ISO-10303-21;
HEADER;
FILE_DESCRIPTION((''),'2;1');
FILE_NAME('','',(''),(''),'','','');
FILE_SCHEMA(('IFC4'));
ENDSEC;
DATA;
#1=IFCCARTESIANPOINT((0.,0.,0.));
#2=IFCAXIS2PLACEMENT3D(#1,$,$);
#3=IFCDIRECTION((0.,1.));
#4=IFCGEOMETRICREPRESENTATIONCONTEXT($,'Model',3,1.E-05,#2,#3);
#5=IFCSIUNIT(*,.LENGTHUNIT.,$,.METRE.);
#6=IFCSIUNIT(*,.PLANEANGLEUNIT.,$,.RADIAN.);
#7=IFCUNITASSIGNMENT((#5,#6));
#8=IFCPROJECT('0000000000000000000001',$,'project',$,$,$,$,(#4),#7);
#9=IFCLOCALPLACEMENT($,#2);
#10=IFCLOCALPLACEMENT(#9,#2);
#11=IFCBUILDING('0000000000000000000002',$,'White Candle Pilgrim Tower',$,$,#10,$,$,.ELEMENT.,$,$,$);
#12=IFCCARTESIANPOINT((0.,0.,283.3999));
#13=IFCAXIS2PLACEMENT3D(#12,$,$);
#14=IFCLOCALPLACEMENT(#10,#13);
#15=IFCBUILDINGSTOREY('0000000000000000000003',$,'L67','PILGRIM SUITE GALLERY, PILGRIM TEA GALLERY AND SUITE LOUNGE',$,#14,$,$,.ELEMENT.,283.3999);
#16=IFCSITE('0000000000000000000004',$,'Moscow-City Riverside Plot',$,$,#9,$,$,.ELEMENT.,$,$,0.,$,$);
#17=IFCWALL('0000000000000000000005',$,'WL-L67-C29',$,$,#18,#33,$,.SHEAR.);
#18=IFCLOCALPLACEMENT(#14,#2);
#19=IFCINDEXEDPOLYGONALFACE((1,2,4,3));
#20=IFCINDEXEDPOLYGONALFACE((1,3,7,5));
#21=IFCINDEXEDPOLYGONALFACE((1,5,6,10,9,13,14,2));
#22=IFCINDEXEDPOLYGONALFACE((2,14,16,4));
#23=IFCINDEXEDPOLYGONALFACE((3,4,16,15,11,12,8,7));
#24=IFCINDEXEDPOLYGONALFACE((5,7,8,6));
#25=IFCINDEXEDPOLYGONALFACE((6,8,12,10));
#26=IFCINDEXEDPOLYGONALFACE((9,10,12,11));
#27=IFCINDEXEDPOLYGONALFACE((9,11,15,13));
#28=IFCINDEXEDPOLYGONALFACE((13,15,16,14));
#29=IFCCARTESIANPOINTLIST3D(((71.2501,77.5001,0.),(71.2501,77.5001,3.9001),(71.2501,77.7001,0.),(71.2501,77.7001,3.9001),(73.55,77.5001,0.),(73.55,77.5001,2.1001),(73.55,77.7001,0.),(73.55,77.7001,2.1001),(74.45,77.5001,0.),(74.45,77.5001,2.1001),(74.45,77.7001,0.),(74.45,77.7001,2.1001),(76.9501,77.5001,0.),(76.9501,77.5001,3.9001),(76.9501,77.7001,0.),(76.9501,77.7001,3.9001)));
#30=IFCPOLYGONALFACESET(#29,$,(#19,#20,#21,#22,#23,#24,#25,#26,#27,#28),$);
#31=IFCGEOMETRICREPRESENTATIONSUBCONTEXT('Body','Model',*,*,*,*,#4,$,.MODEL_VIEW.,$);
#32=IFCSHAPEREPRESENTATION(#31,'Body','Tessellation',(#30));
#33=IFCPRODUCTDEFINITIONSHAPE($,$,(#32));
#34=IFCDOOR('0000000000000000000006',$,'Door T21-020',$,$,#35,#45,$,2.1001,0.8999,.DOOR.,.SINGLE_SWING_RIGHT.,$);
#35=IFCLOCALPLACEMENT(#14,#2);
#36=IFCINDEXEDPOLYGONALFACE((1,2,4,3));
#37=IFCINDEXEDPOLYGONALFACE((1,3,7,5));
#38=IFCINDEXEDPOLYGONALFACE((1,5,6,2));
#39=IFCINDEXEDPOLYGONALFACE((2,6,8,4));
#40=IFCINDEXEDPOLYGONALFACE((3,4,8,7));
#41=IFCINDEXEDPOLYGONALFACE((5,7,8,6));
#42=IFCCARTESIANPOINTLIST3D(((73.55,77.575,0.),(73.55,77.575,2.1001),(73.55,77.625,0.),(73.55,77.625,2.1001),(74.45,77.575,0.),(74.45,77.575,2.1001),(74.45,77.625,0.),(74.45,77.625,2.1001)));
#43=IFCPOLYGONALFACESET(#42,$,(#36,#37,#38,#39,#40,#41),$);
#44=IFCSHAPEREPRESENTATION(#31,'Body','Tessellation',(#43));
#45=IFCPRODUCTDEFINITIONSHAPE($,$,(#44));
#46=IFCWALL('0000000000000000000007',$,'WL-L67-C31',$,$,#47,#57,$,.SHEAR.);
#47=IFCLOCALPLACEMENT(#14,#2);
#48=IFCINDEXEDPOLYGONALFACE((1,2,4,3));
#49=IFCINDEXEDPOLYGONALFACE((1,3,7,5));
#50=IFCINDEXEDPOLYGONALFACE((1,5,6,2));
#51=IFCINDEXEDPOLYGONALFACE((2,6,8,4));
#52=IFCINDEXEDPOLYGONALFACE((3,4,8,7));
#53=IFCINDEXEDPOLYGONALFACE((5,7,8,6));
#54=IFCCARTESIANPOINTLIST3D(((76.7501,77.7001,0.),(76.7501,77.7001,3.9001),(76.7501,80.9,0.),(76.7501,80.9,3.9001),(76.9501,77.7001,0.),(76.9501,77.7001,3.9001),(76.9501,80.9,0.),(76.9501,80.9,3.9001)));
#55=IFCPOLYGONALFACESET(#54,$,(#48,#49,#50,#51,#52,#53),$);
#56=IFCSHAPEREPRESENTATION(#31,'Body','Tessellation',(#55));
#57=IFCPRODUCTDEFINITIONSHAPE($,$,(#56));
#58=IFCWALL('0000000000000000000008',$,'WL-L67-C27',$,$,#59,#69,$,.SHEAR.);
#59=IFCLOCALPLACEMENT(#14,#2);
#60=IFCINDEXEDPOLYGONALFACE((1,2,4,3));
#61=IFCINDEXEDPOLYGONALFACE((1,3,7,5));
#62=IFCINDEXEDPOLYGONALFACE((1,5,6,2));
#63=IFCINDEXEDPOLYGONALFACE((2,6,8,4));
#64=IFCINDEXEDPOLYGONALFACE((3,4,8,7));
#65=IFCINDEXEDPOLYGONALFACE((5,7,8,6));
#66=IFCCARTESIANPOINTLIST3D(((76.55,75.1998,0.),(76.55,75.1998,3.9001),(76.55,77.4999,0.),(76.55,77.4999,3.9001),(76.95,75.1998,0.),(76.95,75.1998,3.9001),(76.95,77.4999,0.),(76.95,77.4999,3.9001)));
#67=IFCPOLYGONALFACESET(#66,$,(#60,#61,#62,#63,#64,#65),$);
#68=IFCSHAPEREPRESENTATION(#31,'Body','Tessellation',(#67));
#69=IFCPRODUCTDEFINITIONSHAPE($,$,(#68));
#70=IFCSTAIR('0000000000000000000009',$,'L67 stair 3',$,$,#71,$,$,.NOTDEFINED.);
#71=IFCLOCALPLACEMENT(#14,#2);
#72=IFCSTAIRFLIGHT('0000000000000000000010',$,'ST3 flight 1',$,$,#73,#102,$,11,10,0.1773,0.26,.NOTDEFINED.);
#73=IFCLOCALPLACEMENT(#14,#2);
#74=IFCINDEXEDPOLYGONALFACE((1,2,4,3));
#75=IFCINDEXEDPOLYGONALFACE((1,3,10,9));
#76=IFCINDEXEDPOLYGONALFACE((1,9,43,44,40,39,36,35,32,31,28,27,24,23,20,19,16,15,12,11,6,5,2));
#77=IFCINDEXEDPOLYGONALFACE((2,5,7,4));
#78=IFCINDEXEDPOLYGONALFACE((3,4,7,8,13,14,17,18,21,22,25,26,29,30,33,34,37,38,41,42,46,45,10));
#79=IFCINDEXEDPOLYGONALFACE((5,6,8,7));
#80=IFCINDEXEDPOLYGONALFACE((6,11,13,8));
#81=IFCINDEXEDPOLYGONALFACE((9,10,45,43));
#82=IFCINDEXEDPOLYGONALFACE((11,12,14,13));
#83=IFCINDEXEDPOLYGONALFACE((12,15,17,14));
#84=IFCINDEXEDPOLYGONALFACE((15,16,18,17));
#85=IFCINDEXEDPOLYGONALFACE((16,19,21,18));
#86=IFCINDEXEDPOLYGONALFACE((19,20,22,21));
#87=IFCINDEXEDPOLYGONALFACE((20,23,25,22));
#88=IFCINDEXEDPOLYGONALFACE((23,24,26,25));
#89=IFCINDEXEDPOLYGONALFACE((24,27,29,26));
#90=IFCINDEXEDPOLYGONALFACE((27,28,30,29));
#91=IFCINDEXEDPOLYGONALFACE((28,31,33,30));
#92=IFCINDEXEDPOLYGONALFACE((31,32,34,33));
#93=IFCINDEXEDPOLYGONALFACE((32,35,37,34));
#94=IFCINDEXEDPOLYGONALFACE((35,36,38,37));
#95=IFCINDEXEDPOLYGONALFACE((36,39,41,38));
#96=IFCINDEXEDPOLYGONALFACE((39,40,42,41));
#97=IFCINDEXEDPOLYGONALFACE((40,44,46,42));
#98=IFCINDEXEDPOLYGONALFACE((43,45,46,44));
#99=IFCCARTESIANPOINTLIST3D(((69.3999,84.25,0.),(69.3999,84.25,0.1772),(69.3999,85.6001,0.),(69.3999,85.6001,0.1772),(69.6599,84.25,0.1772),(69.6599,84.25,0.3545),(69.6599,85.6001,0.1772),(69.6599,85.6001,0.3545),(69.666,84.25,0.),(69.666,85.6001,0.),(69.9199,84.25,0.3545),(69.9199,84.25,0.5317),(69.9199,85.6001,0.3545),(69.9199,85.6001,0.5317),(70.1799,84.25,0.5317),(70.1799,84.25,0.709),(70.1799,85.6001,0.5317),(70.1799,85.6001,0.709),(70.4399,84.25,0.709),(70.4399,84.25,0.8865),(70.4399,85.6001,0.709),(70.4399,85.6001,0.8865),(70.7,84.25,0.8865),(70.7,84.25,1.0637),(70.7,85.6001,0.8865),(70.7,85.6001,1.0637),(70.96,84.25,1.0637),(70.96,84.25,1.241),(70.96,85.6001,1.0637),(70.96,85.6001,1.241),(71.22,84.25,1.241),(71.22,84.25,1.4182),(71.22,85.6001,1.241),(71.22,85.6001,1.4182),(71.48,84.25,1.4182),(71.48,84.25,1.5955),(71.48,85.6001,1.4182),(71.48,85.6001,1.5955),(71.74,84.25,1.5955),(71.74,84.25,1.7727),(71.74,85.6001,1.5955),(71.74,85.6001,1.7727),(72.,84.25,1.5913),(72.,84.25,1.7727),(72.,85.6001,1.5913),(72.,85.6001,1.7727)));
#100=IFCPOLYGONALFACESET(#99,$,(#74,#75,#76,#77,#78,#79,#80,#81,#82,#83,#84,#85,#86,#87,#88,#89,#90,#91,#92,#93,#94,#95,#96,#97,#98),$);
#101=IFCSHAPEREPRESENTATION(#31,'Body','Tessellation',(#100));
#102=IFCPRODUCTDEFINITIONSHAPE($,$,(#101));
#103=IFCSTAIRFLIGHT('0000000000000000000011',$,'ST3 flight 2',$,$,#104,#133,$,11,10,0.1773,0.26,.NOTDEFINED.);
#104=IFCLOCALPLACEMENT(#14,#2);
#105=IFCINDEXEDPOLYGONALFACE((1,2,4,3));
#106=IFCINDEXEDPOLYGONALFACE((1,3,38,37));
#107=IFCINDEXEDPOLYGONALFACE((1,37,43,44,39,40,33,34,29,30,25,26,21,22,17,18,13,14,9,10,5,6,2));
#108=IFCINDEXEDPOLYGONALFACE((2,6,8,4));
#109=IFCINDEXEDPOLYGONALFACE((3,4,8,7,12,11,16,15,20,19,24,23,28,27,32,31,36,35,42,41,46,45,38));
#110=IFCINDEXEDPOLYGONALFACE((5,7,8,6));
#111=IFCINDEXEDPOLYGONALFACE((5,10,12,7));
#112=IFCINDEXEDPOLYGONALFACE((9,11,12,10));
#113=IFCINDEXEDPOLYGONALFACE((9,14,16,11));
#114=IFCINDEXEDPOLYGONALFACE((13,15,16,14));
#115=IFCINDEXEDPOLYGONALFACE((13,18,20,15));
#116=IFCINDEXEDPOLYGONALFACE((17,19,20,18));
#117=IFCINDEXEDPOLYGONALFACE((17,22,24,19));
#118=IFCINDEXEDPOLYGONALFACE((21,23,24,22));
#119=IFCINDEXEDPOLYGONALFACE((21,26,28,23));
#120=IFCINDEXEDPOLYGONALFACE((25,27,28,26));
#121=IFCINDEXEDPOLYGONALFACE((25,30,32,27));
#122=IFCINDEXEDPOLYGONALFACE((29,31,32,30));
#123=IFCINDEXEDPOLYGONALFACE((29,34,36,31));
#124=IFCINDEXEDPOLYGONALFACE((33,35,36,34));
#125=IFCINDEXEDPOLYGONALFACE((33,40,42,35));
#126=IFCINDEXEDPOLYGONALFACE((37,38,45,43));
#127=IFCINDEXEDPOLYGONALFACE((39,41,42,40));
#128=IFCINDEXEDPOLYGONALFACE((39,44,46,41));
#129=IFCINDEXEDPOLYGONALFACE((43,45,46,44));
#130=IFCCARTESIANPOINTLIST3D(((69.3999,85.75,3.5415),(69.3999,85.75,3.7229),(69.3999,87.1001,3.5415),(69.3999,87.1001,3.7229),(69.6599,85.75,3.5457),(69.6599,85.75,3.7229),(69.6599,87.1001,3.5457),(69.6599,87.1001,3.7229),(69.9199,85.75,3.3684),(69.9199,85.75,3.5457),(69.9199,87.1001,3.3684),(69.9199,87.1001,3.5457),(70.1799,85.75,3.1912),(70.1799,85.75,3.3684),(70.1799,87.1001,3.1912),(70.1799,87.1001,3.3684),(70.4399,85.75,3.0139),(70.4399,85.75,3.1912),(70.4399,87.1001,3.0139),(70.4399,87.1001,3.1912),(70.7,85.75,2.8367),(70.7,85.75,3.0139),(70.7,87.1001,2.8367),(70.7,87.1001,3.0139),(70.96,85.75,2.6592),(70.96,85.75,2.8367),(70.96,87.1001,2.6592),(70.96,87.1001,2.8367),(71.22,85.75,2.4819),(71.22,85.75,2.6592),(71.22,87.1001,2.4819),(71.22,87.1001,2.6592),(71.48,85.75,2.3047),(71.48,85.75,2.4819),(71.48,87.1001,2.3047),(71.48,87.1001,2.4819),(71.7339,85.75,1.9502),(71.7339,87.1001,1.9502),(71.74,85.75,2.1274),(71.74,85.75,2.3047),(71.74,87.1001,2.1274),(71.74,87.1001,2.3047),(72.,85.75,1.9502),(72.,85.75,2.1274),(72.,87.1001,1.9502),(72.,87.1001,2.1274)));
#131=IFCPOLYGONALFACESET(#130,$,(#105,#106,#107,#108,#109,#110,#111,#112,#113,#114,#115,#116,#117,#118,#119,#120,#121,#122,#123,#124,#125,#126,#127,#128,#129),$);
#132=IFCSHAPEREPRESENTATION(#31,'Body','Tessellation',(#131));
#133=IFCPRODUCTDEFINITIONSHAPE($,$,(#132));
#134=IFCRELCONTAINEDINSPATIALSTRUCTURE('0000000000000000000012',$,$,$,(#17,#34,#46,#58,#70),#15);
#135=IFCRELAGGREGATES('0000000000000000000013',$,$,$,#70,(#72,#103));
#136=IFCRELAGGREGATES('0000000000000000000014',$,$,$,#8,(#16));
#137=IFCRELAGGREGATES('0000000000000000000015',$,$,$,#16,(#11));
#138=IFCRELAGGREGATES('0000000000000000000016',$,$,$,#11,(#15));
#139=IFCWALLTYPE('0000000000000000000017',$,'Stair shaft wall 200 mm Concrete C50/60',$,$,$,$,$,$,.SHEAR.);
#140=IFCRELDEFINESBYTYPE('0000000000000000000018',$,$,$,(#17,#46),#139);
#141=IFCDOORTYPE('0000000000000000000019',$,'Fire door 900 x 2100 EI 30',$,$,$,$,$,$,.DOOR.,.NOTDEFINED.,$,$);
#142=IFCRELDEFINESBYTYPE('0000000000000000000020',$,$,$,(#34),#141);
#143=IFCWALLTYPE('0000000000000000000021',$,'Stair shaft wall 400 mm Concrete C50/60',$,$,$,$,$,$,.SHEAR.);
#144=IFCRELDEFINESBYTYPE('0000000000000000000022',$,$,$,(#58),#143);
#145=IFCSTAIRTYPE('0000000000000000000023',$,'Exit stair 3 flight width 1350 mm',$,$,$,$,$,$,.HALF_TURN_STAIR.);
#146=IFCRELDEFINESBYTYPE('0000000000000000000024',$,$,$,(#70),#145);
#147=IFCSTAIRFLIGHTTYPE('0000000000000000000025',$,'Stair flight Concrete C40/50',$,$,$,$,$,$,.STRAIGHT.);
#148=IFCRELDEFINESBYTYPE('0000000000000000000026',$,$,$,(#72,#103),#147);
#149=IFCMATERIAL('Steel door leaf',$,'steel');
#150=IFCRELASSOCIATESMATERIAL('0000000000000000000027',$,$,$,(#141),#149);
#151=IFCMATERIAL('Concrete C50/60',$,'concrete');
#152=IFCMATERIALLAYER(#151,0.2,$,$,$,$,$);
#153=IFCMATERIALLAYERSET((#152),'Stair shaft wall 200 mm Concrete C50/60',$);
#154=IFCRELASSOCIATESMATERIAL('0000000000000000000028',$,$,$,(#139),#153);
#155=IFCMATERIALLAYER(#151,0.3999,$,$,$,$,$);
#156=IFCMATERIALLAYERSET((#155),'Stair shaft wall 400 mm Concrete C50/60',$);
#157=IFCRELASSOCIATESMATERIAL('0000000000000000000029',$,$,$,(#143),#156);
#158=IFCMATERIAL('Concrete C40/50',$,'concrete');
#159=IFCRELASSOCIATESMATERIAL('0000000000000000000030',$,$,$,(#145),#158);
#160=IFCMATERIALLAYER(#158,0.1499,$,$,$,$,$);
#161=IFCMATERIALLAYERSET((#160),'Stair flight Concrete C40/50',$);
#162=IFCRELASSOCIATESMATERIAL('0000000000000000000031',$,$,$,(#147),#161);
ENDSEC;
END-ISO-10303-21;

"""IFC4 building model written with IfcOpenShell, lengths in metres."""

from ifc_helpers import new_model, si_unit, direction, frame, frame_2d, origin, place, context, subcontext, project, spatial, polyline, rectangle, outline, extrude, material, layer, layer_set, type_object, element, fill, aggregate, save


model = new_model("IFC4")

# Units and contexts
model_context = context("Model", 3, precision=1e-05, world=origin(), true_north=direction((0.0, 1.0)))
body_context = subcontext(model_context, "Body", "Model", "MODEL_VIEW")
ifc_project = project(units=[si_unit("LENGTHUNIT", "METRE"), si_unit("PLANEANGLEUNIT", "RADIAN")], contexts=[model_context])

# Site, building, storey
site_placement = place(None, origin())
site = spatial("IfcSite", under=ifc_project, at=site_placement, Name="Moscow-City Riverside Plot", CompositionType="ELEMENT", RefElevation=0.0)
building_placement = place(site_placement, origin())
building = spatial("IfcBuilding", under=site, at=building_placement, Name="White Candle Pilgrim Tower", CompositionType="ELEMENT")
storey_placement = place(building_placement, frame((0.0, 0.0, 283.3999)))
storey = spatial("IfcBuildingStorey", under=building, at=storey_placement, Name="L67", Description="PILGRIM SUITE GALLERY, PILGRIM TEA GALLERY AND SUITE LOUNGE", CompositionType="ELEMENT", Elevation=283.3999)

# Shared definitions
ifc_material_1 = material(Name="Concrete C50/60", Category="concrete")

# Shared definitions
ifc_material_2 = material(Name="Steel door leaf", Category="steel")
door_type = type_object("IfcDoorType", Name="Fire door 900 x 2100 EI 30", OperationType="NOTDEFINED", PredefinedType="DOOR", material=ifc_material_2)

# Shared definitions
ifc_layer_1 = layer(ifc_material_1, 0.2)
ifc_layer_set_1 = layer_set([ifc_layer_1], Name="Stair shaft wall 200 mm Concrete C50/60")
wall_type_1 = type_object("IfcWallType", Name="Stair shaft wall 200 mm Concrete C50/60", PredefinedType="SHEAR", material=ifc_layer_set_1)

# Wall, opening, door
wall_1_placement = place(storey_placement, frame((71.25, 77.6001, 0.0), z_axis=(0.0, 0.0, 1.0), x_axis=(1.0, 0.0, 0.0)))
wall_1 = element("IfcWall", 1, at=wall_1_placement, inside=storey, type_object=wall_type_1, Name="WL-L67-C29", PredefinedType="SHEAR", context=body_context, shape_type="SweptSolid", body=[
    extrude(rectangle(XDim=5.7, YDim=0.2, at=frame_2d((2.8501, 0.0))), origin(), (0.0, 0.0, 1.0), 3.9001),
])
opening_1_placement = place(wall_1_placement, frame((2.3, 0.0, 0.0)))
opening_1 = element("IfcOpeningElement", 2, at=opening_1_placement, cuts=wall_1, PredefinedType="OPENING", context=body_context, shape_type="SweptSolid", body=[
    extrude(rectangle(XDim=0.8999, YDim=2.1001, at=frame_2d((0.45, 1.05))), frame((0.0, 0.1099, 0.0), z_axis=(0.0, -1.0, 0.0), x_axis=(1.0, 0.0, 0.0)), (0.0, 0.0, 1.0), 0.22),
])
door_1_placement = place(opening_1_placement, origin())
door_1 = element("IfcDoor", 3, at=door_1_placement, inside=storey, type_object=door_type, Name="Door T21-020", OperationType="SINGLE_SWING_RIGHT", OverallHeight=2.1001, OverallWidth=0.8999, PredefinedType="DOOR", context=body_context, shape_type="SweptSolid", body=[
    extrude(rectangle(XDim=0.8999, YDim=2.1001, at=frame_2d((0.45, 1.05))), frame((0.0, 0.0249, 0.0), z_axis=(0.0, -1.0, 0.0), x_axis=(1.0, 0.0, 0.0)), (0.0, 0.0, 1.0), 0.05),
])
fill(opening_1, door_1)

# Walls
wall_2_placement = place(storey_placement, frame((76.8501, 77.7, 0.0), z_axis=(0.0, 0.0, 1.0), x_axis=(0.0, 1.0, 0.0)))
element("IfcWall", 4, at=wall_2_placement, inside=storey, type_object=wall_type_1, Name="WL-L67-C31", PredefinedType="SHEAR", context=body_context, shape_type="SweptSolid", body=[
    extrude(rectangle(XDim=3.2, YDim=0.2, at=frame_2d((1.6001, 0.0))), origin(), (0.0, 0.0, 1.0), 3.9001),
])
ifc_layer_2 = layer(ifc_material_1, 0.3999)
ifc_layer_set_2 = layer_set([ifc_layer_2], Name="Stair shaft wall 400 mm Concrete C50/60")
wall_type_2 = type_object("IfcWallType", Name="Stair shaft wall 400 mm Concrete C50/60", PredefinedType="SHEAR", material=ifc_layer_set_2)
wall_3_placement = place(storey_placement, frame((76.75, 75.2, 0.0), z_axis=(0.0, 0.0, 1.0), x_axis=(0.0, 1.0, 0.0)))
element("IfcWall", 5, at=wall_3_placement, inside=storey, type_object=wall_type_2, Name="WL-L67-C27", PredefinedType="SHEAR", context=body_context, shape_type="SweptSolid", body=[
    extrude(rectangle(XDim=2.3, YDim=0.3999, at=frame_2d((1.1499, 0.0))), origin(), (0.0, 0.0, 1.0), 3.9001),
])

# Stair, stair flights
ifc_material_3 = material(Name="Concrete C40/50", Category="concrete")
stair_type = type_object("IfcStairType", Name="Exit stair 3 flight width 1350 mm", PredefinedType="HALF_TURN_STAIR", material=ifc_material_3)
stair_placement = place(storey_placement, origin())
stair = element("IfcStair", 6, at=stair_placement, inside=storey, type_object=stair_type, Name="L67 stair 3", PredefinedType="NOTDEFINED")
ifc_layer_3 = layer(ifc_material_3, 0.1499)
ifc_layer_set_3 = layer_set([ifc_layer_3], Name="Stair flight Concrete C40/50")
stair_flight_type = type_object("IfcStairFlightType", Name="Stair flight Concrete C40/50", PredefinedType="STRAIGHT", material=ifc_layer_set_3)
stair_flight_1_placement = place(storey_placement, frame((69.3999, 84.925, 0.0), z_axis=(0.0, 0.0, 1.0), x_axis=(1.0, 0.0, 0.0)))
stair_flight_1 = element("IfcStairFlight", 7, at=stair_flight_1_placement, type_object=stair_flight_type, Name="ST3 flight 1", NumberOfRisers=11, NumberOfTreads=10, PredefinedType="NOTDEFINED", RiserHeight=0.1773, TreadLength=0.26, context=body_context, shape_type="SweptSolid", body=[
    extrude(outline(polyline([(0.0, 0.0), (0.0, 0.1772), (0.26, 0.1772), (0.26, 0.3545), (0.52, 0.3545), (0.52, 0.5317), (0.78, 0.5317), (0.78, 0.709), (1.04, 0.709), (1.04, 0.8865), (1.3, 0.8865), (1.3, 1.0637), (1.5601, 1.0637), (1.5601, 1.241), (1.8201, 1.241), (1.8201, 1.4182), (2.0801, 1.4182), (2.0801, 1.5955), (2.3401, 1.5955), (2.3401, 1.7727), (2.6001, 1.7727), (2.6001, 1.95), (2.6001, 1.5913), (0.2661, 0.0), (0.0, 0.0)])), frame((0.0, 0.675, 0.0), z_axis=(0.0, -1.0, 0.0), x_axis=(1.0, 0.0, 0.0)), (0.0, 0.0, 1.0), 1.3501),
])
stair_flight_2_placement = place(storey_placement, frame((72.0, 86.425, 1.9502), z_axis=(0.0, 0.0, 1.0), x_axis=(-1.0, 0.0, 0.0)))
stair_flight_2 = element("IfcStairFlight", 8, at=stair_flight_2_placement, type_object=stair_flight_type, Name="ST3 flight 2", NumberOfRisers=11, NumberOfTreads=10, PredefinedType="NOTDEFINED", RiserHeight=0.1773, TreadLength=0.26, context=body_context, shape_type="SweptSolid", body=[
    extrude(outline(polyline([(0.0, 0.0), (0.0, 0.1772), (0.26, 0.1772), (0.26, 0.3545), (0.52, 0.3545), (0.52, 0.5317), (0.78, 0.5317), (0.78, 0.709), (1.04, 0.709), (1.04, 0.8865), (1.3, 0.8865), (1.3, 1.0637), (1.5601, 1.0637), (1.5601, 1.241), (1.8201, 1.241), (1.8201, 1.4182), (2.0801, 1.4182), (2.0801, 1.5955), (2.3401, 1.5955), (2.3401, 1.7727), (2.6001, 1.7727), (2.6001, 1.95), (2.6001, 1.5913), (0.2661, 0.0), (0.0, 0.0)])), frame((0.0, 0.675, 0.0), z_axis=(0.0, -1.0, 0.0), x_axis=(1.0, 0.0, 0.0)), (0.0, 0.0, 1.0), 1.3501),
])
aggregate(stair, [stair_flight_1, stair_flight_2])

save(model, "model.ifc")
